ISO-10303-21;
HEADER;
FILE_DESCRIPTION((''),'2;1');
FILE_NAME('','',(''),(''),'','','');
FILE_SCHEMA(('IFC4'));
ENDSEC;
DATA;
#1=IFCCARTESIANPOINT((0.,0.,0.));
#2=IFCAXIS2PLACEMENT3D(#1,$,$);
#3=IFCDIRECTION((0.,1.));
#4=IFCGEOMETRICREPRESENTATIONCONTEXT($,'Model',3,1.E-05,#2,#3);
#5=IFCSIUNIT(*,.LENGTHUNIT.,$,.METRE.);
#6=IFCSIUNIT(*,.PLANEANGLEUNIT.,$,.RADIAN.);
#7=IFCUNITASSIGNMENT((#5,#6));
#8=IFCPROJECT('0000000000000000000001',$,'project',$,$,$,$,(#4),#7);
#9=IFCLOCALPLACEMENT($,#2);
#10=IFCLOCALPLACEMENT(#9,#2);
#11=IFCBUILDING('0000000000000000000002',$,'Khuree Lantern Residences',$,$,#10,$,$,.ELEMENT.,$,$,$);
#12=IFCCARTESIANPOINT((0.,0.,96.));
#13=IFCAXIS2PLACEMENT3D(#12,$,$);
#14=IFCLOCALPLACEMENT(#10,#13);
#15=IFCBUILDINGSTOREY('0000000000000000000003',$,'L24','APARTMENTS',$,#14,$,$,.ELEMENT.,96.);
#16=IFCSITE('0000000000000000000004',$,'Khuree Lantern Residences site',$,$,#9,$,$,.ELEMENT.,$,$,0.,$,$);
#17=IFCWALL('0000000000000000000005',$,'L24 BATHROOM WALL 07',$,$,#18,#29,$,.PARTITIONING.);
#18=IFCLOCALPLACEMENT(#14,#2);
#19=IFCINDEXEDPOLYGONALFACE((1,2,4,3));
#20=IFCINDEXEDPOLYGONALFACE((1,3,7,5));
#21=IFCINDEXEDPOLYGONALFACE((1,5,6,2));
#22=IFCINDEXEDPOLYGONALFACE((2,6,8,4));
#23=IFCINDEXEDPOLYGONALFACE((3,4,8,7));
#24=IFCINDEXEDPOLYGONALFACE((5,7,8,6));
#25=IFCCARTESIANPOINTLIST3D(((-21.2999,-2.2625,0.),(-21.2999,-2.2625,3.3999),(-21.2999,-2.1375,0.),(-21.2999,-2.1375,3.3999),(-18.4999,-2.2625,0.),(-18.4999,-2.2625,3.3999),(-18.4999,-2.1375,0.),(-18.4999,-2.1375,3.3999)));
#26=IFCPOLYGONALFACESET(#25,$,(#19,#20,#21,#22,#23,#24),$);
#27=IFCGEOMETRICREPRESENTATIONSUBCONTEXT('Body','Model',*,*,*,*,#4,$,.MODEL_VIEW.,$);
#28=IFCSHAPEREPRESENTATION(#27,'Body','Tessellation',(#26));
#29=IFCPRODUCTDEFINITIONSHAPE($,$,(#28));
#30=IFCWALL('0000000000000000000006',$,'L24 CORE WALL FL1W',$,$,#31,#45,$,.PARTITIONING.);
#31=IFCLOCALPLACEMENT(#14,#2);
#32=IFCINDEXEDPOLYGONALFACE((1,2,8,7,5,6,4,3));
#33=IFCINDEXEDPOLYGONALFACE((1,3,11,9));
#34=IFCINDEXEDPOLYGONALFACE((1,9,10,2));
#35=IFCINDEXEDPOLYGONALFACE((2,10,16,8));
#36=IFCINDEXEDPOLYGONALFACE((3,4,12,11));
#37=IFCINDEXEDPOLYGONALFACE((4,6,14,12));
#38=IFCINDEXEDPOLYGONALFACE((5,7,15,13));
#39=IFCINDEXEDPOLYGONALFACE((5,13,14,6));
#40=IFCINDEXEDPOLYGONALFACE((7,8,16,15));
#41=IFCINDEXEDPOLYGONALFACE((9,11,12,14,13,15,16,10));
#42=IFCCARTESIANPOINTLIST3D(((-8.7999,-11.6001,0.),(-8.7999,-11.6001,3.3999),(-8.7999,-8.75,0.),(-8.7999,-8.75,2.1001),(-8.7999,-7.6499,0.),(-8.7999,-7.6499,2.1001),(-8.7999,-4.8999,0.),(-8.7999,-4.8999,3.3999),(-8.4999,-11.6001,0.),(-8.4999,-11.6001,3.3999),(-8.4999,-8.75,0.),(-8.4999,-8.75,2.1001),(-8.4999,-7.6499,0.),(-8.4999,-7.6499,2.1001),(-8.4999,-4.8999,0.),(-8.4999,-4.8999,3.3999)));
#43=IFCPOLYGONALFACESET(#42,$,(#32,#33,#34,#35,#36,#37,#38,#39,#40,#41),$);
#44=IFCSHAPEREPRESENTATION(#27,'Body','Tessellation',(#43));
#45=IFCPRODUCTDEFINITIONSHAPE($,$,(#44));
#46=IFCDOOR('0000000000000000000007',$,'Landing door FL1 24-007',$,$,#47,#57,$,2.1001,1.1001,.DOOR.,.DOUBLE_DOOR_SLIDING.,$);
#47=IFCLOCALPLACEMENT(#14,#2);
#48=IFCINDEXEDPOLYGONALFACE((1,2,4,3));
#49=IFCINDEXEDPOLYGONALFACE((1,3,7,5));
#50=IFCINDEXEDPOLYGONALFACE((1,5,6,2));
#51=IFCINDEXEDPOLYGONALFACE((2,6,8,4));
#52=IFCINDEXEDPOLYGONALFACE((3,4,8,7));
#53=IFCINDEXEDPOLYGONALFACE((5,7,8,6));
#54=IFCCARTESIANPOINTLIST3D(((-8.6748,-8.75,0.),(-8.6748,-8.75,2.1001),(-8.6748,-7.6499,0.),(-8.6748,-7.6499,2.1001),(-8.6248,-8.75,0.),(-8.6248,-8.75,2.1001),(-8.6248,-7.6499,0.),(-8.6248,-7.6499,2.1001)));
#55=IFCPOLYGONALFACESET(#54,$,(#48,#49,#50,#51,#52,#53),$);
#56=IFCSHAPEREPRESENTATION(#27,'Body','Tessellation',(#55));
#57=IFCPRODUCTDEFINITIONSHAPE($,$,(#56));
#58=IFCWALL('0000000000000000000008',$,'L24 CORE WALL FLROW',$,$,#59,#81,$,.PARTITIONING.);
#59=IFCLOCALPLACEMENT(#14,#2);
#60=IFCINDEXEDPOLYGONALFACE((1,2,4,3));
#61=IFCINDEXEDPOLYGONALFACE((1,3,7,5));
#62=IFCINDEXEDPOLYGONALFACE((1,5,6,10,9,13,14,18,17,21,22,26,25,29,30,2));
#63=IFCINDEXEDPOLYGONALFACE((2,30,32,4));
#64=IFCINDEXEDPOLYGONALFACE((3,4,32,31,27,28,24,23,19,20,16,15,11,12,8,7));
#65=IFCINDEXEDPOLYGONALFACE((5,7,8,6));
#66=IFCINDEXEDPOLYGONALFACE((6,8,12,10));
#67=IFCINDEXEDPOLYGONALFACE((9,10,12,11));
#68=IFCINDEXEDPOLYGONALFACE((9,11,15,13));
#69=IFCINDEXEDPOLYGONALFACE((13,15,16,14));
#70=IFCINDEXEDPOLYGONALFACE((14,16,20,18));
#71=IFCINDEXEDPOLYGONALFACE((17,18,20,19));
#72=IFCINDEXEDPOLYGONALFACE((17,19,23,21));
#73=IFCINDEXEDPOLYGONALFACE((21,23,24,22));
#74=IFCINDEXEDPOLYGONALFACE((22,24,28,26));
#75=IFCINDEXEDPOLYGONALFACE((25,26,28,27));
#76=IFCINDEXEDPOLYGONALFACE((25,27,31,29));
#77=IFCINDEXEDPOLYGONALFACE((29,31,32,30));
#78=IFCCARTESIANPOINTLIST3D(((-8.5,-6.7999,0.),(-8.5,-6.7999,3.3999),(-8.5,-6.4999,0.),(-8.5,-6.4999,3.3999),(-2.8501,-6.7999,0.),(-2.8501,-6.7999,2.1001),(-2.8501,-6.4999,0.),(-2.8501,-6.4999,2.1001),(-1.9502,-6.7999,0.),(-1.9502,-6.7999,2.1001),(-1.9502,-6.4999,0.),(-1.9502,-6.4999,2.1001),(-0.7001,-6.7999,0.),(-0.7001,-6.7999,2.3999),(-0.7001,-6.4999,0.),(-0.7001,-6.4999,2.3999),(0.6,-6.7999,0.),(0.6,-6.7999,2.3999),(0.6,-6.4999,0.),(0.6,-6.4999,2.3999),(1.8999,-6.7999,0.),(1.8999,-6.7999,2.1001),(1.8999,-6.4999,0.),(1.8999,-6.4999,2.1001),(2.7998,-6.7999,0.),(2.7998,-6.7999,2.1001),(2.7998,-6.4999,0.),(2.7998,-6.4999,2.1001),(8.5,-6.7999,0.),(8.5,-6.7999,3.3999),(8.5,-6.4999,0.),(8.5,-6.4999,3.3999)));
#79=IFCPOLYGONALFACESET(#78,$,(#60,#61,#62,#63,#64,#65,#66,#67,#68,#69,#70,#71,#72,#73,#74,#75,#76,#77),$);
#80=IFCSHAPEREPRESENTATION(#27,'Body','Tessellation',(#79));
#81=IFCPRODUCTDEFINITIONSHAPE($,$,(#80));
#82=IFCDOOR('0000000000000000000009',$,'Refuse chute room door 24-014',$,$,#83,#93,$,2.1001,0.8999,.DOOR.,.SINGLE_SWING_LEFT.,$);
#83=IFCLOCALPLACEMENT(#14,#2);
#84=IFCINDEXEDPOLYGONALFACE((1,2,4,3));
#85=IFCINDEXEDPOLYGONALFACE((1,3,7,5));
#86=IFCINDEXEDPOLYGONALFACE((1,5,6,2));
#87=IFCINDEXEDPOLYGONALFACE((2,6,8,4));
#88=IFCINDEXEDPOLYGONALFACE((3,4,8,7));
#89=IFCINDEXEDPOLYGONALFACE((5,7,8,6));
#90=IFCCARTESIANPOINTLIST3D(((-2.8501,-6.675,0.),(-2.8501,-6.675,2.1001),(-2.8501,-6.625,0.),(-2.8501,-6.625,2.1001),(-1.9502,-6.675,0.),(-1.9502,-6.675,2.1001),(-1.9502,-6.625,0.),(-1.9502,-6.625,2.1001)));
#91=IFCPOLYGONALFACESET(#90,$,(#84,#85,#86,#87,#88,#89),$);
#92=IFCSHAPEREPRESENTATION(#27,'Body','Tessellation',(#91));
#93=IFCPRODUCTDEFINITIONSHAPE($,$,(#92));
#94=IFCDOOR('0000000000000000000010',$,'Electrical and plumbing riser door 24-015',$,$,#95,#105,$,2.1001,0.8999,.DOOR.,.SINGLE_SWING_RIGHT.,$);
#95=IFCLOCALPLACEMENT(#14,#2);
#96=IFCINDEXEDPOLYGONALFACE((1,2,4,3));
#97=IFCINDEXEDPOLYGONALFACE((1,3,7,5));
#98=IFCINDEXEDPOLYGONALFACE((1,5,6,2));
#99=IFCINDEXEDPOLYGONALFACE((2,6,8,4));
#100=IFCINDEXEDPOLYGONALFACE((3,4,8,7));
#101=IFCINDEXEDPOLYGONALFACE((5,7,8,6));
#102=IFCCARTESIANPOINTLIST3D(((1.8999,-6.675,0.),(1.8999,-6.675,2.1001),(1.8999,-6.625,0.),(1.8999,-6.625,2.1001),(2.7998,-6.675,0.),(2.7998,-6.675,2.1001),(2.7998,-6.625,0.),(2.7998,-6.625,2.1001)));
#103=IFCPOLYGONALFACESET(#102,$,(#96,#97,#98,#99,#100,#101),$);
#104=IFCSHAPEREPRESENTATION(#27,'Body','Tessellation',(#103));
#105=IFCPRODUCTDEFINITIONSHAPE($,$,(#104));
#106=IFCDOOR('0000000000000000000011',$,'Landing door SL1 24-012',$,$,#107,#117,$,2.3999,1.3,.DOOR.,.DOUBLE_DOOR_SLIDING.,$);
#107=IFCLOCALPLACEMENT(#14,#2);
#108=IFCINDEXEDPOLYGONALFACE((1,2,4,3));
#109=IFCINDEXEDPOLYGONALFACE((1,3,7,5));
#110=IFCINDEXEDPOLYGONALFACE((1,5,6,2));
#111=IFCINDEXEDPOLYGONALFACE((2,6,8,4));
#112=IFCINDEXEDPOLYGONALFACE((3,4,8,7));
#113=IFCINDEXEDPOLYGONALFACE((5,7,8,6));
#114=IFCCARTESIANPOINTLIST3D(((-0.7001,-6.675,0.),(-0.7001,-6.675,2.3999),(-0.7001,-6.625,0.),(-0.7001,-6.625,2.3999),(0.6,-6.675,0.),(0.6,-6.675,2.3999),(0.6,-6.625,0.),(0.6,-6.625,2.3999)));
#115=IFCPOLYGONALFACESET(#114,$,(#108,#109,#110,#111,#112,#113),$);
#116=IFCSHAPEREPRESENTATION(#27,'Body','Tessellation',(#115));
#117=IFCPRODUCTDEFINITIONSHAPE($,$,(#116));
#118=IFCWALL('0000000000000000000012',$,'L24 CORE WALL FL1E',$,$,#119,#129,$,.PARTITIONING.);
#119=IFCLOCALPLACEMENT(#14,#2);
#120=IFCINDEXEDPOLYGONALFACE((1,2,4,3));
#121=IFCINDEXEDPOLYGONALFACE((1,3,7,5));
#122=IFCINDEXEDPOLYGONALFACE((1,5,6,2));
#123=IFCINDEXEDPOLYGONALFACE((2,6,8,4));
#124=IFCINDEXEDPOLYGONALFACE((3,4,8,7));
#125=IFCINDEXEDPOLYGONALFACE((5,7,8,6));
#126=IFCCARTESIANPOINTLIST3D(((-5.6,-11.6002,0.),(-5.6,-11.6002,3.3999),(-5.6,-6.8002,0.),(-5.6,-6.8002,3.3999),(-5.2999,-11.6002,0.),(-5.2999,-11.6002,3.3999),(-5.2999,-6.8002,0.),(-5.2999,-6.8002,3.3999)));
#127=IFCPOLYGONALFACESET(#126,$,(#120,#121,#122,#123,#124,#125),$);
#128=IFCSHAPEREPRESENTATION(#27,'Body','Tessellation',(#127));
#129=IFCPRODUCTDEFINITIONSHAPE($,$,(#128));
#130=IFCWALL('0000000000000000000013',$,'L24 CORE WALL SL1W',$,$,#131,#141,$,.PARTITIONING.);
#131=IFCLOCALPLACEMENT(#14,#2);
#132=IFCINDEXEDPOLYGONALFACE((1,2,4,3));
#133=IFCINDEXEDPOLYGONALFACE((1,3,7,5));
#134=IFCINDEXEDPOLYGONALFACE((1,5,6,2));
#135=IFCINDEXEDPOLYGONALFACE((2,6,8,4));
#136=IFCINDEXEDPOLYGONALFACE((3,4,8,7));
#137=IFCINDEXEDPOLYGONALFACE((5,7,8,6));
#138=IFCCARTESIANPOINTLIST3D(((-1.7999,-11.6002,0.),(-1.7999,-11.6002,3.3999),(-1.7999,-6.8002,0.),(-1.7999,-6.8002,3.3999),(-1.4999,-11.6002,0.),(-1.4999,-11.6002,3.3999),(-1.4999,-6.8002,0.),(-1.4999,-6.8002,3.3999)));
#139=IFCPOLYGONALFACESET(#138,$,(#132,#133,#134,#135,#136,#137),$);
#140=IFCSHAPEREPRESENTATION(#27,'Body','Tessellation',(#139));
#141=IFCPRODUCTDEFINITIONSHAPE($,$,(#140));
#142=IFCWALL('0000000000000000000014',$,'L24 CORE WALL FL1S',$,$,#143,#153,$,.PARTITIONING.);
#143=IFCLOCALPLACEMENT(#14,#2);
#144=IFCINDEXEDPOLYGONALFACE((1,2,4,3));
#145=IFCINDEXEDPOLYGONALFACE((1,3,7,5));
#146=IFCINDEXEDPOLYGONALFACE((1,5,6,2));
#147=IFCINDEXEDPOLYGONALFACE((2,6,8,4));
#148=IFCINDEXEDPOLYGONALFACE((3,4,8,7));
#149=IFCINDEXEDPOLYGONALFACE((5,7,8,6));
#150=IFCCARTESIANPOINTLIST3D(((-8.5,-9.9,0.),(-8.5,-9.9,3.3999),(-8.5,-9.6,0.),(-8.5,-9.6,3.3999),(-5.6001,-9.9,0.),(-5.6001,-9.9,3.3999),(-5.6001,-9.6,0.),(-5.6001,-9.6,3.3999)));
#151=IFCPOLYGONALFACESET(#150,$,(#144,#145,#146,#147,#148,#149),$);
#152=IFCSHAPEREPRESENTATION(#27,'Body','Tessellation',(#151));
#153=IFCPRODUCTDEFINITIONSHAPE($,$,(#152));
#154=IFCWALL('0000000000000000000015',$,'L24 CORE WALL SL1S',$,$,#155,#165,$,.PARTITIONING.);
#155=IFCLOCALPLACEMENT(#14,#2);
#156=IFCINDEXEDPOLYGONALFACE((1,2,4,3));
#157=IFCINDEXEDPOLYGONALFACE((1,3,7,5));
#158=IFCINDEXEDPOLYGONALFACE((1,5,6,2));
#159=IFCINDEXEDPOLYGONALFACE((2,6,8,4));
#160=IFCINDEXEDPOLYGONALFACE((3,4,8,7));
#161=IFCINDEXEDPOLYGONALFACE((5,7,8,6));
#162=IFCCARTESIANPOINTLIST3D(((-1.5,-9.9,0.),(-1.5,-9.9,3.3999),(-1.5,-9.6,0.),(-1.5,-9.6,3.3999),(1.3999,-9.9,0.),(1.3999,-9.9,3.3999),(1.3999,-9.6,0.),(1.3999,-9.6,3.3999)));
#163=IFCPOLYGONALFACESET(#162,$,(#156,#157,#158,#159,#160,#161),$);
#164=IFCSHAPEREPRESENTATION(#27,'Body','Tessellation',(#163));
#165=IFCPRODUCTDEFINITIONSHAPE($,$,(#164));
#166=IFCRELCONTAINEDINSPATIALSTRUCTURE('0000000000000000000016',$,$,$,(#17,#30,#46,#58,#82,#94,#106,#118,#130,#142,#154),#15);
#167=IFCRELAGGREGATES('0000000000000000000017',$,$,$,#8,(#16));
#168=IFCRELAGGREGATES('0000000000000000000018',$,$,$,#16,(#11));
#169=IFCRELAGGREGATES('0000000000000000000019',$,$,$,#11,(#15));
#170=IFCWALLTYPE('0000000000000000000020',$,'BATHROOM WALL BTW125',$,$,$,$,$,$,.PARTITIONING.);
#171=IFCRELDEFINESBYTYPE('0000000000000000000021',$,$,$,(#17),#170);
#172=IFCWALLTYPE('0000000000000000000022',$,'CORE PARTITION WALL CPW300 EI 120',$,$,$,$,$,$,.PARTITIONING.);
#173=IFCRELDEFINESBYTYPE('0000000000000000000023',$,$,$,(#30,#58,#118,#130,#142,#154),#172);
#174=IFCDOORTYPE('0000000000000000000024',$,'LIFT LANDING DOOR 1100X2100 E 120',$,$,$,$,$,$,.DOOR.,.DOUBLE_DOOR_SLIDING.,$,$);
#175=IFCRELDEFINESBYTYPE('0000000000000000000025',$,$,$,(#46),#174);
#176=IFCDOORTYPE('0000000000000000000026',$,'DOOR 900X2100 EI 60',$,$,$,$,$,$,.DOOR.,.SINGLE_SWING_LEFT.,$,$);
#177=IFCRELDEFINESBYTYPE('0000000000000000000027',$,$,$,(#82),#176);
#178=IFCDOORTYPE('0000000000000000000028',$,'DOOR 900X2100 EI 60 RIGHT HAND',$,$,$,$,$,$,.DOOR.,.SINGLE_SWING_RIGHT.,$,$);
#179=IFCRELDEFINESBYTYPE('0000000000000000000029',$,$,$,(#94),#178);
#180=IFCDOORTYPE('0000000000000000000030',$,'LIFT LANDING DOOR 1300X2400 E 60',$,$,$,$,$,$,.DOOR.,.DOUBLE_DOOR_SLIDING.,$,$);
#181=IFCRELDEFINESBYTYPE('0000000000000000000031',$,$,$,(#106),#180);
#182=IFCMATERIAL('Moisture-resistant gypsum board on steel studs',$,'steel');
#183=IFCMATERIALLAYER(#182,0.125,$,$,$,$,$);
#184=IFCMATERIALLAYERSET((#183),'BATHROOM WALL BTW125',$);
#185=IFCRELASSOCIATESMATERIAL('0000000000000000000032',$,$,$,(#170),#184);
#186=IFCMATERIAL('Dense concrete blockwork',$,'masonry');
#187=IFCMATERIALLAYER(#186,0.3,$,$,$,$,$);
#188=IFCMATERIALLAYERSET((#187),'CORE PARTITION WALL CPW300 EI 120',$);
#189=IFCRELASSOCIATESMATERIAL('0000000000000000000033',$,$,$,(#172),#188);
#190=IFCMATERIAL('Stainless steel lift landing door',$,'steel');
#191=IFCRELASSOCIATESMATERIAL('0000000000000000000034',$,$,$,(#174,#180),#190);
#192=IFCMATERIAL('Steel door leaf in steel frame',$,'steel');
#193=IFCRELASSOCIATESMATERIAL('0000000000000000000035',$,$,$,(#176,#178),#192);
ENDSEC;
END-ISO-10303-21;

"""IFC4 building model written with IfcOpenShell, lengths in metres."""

from ifc_helpers import new_model, si_unit, direction, frame, frame_2d, origin, place, context, subcontext, project, spatial, rectangle, extrude, material, layer, layer_set, type_object, element, fill, save


model = new_model("IFC4")

# Units and contexts
model_context = context("Model", 3, precision=1e-05, world=origin(), true_north=direction((0.0, 1.0)))
body_context = subcontext(model_context, "Body", "Model", "MODEL_VIEW")
ifc_project = project(units=[si_unit("LENGTHUNIT", "METRE"), si_unit("PLANEANGLEUNIT", "RADIAN")], contexts=[model_context])

# Site, building, storey
site_placement = place(None, origin())
site = spatial("IfcSite", under=ifc_project, at=site_placement, Name="Khuree Lantern Residences site", CompositionType="ELEMENT", RefElevation=0.0)
building_placement = place(site_placement, origin())
building = spatial("IfcBuilding", under=site, at=building_placement, Name="Khuree Lantern Residences", CompositionType="ELEMENT")
storey_placement = place(building_placement, frame((0.0, 0.0, 96.0)))
storey = spatial("IfcBuildingStorey", under=building, at=storey_placement, Name="L24", Description="APARTMENTS", CompositionType="ELEMENT", Elevation=96.0)

# Wall
ifc_material_1 = material(Name="Moisture-resistant gypsum board on steel studs", Category="steel")
ifc_layer_1 = layer(ifc_material_1, 0.125)
ifc_layer_set_1 = layer_set([ifc_layer_1], Name="BATHROOM WALL BTW125")
wall_type_1 = type_object("IfcWallType", Name="BATHROOM WALL BTW125", PredefinedType="PARTITIONING", material=ifc_layer_set_1)
wall_1_placement = place(storey_placement, frame((-18.5, -2.2, 0.0), z_axis=(0.0, 0.0, 1.0), x_axis=(-1.0, 0.0, 0.0)))
element("IfcWall", 1, at=wall_1_placement, inside=storey, type_object=wall_type_1, Name="L24 BATHROOM WALL 07", PredefinedType="PARTITIONING", context=body_context, shape_type="SweptSolid", body=[
    extrude(rectangle(XDim=2.8, YDim=0.125, at=frame_2d((1.3999, 0.0))), origin(), (0.0, 0.0, 1.0), 3.3999),
])

# Wall, opening, door
ifc_material_2 = material(Name="Dense concrete blockwork", Category="masonry")
ifc_layer_2 = layer(ifc_material_2, 0.3)
ifc_layer_set_2 = layer_set([ifc_layer_2], Name="CORE PARTITION WALL CPW300 EI 120")
wall_type_2 = type_object("IfcWallType", Name="CORE PARTITION WALL CPW300 EI 120", PredefinedType="PARTITIONING", material=ifc_layer_set_2)
wall_2_placement = place(storey_placement, frame((-8.6499, -11.6001, 0.0), z_axis=(0.0, 0.0, 1.0), x_axis=(0.0, 1.0, 0.0)))
wall_2 = element("IfcWall", 2, at=wall_2_placement, inside=storey, type_object=wall_type_2, Name="L24 CORE WALL FL1W", PredefinedType="PARTITIONING", context=body_context, shape_type="SweptSolid", body=[
    extrude(rectangle(XDim=6.7002, YDim=0.3, at=frame_2d((3.3501, 0.0))), origin(), (0.0, 0.0, 1.0), 3.3999),
])
opening_1_placement = place(wall_2_placement, frame((2.8501, 0.0, 0.0)))
opening_1 = element("IfcOpeningElement", 3, at=opening_1_placement, cuts=wall_2, PredefinedType="OPENING", context=body_context, shape_type="SweptSolid", body=[
    extrude(rectangle(XDim=1.1001, YDim=2.1001, at=frame_2d((0.55, 1.05))), frame((0.0, 0.1602, 0.0), z_axis=(0.0, -1.0, 0.0), x_axis=(1.0, 0.0, 0.0)), (0.0, 0.0, 1.0), 0.3201),
])
ifc_material_3 = material(Name="Stainless steel lift landing door", Category="steel")
door_type_1 = type_object("IfcDoorType", Name="LIFT LANDING DOOR 1100X2100 E 120", OperationType="DOUBLE_DOOR_SLIDING", PredefinedType="DOOR", material=ifc_material_3)
door_1_placement = place(opening_1_placement, origin())
door_1 = element("IfcDoor", 4, at=door_1_placement, inside=storey, type_object=door_type_1, Name="Landing door FL1 24-007", OperationType="DOUBLE_DOOR_SLIDING", OverallHeight=2.1001, OverallWidth=1.1001, PredefinedType="DOOR", context=body_context, shape_type="SweptSolid", body=[
    extrude(rectangle(XDim=1.1001, YDim=2.1001, at=frame_2d((0.55, 1.05))), frame((0.0, 0.0249, 0.0), z_axis=(0.0, -1.0, 0.0), x_axis=(1.0, 0.0, 0.0)), (0.0, 0.0, 1.0), 0.05),
])
fill(opening_1, door_1)

# Wall, openings, doors
wall_3_placement = place(storey_placement, frame((-8.5, -6.6499, 0.0), z_axis=(0.0, 0.0, 1.0), x_axis=(1.0, 0.0, 0.0)))
wall_3 = element("IfcWall", 5, at=wall_3_placement, inside=storey, type_object=wall_type_2, Name="L24 CORE WALL FLROW", PredefinedType="PARTITIONING", context=body_context, shape_type="SweptSolid", body=[
    extrude(rectangle(XDim=17.0, YDim=0.3, at=frame_2d((8.5, 0.0))), origin(), (0.0, 0.0, 1.0), 3.3999),
])
opening_2_placement = place(wall_3_placement, frame((7.8, 0.0, 0.0)))
opening_2 = element("IfcOpeningElement", 6, at=opening_2_placement, cuts=wall_3, PredefinedType="OPENING", context=body_context, shape_type="SweptSolid", body=[
    extrude(rectangle(XDim=1.3, YDim=2.3999, at=frame_2d((0.6499, 1.2))), frame((0.0, 0.1602, 0.0), z_axis=(0.0, -1.0, 0.0), x_axis=(1.0, 0.0, 0.0)), (0.0, 0.0, 1.0), 0.3201),
])
opening_3_placement = place(wall_3_placement, frame((5.6499, 0.0, 0.0)))
opening_3 = element("IfcOpeningElement", 7, at=opening_3_placement, cuts=wall_3, PredefinedType="OPENING", context=body_context, shape_type="SweptSolid", body=[
    extrude(rectangle(XDim=0.8999, YDim=2.1001, at=frame_2d((0.45, 1.05))), frame((0.0, 0.1602, 0.0), z_axis=(0.0, -1.0, 0.0), x_axis=(1.0, 0.0, 0.0)), (0.0, 0.0, 1.0), 0.3201),
])
opening_4_placement = place(wall_3_placement, frame((10.3999, 0.0, 0.0)))
opening_4 = element("IfcOpeningElement", 8, at=opening_4_placement, cuts=wall_3, PredefinedType="OPENING", context=body_context, shape_type="SweptSolid", body=[
    extrude(rectangle(XDim=0.8999, YDim=2.1001, at=frame_2d((0.45, 1.05))), frame((0.0, 0.1602, 0.0), z_axis=(0.0, -1.0, 0.0), x_axis=(1.0, 0.0, 0.0)), (0.0, 0.0, 1.0), 0.3201),
])
ifc_material_4 = material(Name="Steel door leaf in steel frame", Category="steel")
door_type_2 = type_object("IfcDoorType", Name="DOOR 900X2100 EI 60", OperationType="SINGLE_SWING_LEFT", PredefinedType="DOOR", material=ifc_material_4)
door_2_placement = place(opening_3_placement, origin())
door_2 = element("IfcDoor", 9, at=door_2_placement, inside=storey, type_object=door_type_2, Name="Refuse chute room door 24-014", OperationType="SINGLE_SWING_LEFT", OverallHeight=2.1001, OverallWidth=0.8999, PredefinedType="DOOR", context=body_context, shape_type="SweptSolid", body=[
    extrude(rectangle(XDim=0.8999, YDim=2.1001, at=frame_2d((0.45, 1.05))), frame((0.0, 0.0249, 0.0), z_axis=(0.0, -1.0, 0.0), x_axis=(1.0, 0.0, 0.0)), (0.0, 0.0, 1.0), 0.05),
])
fill(opening_3, door_2)
door_type_3 = type_object("IfcDoorType", Name="DOOR 900X2100 EI 60 RIGHT HAND", OperationType="SINGLE_SWING_RIGHT", PredefinedType="DOOR", material=ifc_material_4)
door_3_placement = place(opening_4_placement, origin())
door_3 = element("IfcDoor", 10, at=door_3_placement, inside=storey, type_object=door_type_3, Name="Electrical and plumbing riser door 24-015", OperationType="SINGLE_SWING_RIGHT", OverallHeight=2.1001, OverallWidth=0.8999, PredefinedType="DOOR", context=body_context, shape_type="SweptSolid", body=[
    extrude(rectangle(XDim=0.8999, YDim=2.1001, at=frame_2d((0.45, 1.05))), frame((0.0, 0.0249, 0.0), z_axis=(0.0, -1.0, 0.0), x_axis=(1.0, 0.0, 0.0)), (0.0, 0.0, 1.0), 0.05),
])
fill(opening_4, door_3)
door_type_4 = type_object("IfcDoorType", Name="LIFT LANDING DOOR 1300X2400 E 60", OperationType="DOUBLE_DOOR_SLIDING", PredefinedType="DOOR", material=ifc_material_3)
door_4_placement = place(opening_2_placement, origin())
door_4 = element("IfcDoor", 11, at=door_4_placement, inside=storey, type_object=door_type_4, Name="Landing door SL1 24-012", OperationType="DOUBLE_DOOR_SLIDING", OverallHeight=2.3999, OverallWidth=1.3, PredefinedType="DOOR", context=body_context, shape_type="SweptSolid", body=[
    extrude(rectangle(XDim=1.3, YDim=2.3999, at=frame_2d((0.6499, 1.2))), frame((0.0, 0.0249, 0.0), z_axis=(0.0, -1.0, 0.0), x_axis=(1.0, 0.0, 0.0)), (0.0, 0.0, 1.0), 0.05),
])
fill(opening_2, door_4)

# Walls
for number, where, z_axis, x_axis, name in (
    (12, (-5.45, -11.6001, 0.0), (0.0, 0.0, 1.0), (0.0, 1.0, 0.0), "L24 CORE WALL FL1E"),
    (13, (-1.6499, -11.6001, 0.0), (0.0, 0.0, 1.0), (0.0, 1.0, 0.0), "L24 CORE WALL SL1W"),
):
    element("IfcWall", number, at=place(storey_placement, frame(where, z_axis=z_axis, x_axis=x_axis)), inside=storey, type_object=wall_type_2, Name=name, PredefinedType="PARTITIONING", context=body_context, shape_type="SweptSolid", body=[
        extrude(rectangle(XDim=4.8, YDim=0.3, at=frame_2d((2.3999, 0.0))), origin(), (0.0, 0.0, 1.0), 3.3999),
    ])
for number, where, z_axis, x_axis, name in (
    (14, (-8.5, -9.75, 0.0), (0.0, 0.0, 1.0), (1.0, 0.0, 0.0), "L24 CORE WALL FL1S"),
    (15, (-1.5, -9.75, 0.0), (0.0, 0.0, 1.0), (1.0, 0.0, 0.0), "L24 CORE WALL SL1S"),
):
    element("IfcWall", number, at=place(storey_placement, frame(where, z_axis=z_axis, x_axis=x_axis)), inside=storey, type_object=wall_type_2, Name=name, PredefinedType="PARTITIONING", context=body_context, shape_type="SweptSolid", body=[
        extrude(rectangle(XDim=2.8999, YDim=0.3, at=frame_2d((1.45, 0.0))), origin(), (0.0, 0.0, 1.0), 3.3999),
    ])

save(model, "model.ifc")
